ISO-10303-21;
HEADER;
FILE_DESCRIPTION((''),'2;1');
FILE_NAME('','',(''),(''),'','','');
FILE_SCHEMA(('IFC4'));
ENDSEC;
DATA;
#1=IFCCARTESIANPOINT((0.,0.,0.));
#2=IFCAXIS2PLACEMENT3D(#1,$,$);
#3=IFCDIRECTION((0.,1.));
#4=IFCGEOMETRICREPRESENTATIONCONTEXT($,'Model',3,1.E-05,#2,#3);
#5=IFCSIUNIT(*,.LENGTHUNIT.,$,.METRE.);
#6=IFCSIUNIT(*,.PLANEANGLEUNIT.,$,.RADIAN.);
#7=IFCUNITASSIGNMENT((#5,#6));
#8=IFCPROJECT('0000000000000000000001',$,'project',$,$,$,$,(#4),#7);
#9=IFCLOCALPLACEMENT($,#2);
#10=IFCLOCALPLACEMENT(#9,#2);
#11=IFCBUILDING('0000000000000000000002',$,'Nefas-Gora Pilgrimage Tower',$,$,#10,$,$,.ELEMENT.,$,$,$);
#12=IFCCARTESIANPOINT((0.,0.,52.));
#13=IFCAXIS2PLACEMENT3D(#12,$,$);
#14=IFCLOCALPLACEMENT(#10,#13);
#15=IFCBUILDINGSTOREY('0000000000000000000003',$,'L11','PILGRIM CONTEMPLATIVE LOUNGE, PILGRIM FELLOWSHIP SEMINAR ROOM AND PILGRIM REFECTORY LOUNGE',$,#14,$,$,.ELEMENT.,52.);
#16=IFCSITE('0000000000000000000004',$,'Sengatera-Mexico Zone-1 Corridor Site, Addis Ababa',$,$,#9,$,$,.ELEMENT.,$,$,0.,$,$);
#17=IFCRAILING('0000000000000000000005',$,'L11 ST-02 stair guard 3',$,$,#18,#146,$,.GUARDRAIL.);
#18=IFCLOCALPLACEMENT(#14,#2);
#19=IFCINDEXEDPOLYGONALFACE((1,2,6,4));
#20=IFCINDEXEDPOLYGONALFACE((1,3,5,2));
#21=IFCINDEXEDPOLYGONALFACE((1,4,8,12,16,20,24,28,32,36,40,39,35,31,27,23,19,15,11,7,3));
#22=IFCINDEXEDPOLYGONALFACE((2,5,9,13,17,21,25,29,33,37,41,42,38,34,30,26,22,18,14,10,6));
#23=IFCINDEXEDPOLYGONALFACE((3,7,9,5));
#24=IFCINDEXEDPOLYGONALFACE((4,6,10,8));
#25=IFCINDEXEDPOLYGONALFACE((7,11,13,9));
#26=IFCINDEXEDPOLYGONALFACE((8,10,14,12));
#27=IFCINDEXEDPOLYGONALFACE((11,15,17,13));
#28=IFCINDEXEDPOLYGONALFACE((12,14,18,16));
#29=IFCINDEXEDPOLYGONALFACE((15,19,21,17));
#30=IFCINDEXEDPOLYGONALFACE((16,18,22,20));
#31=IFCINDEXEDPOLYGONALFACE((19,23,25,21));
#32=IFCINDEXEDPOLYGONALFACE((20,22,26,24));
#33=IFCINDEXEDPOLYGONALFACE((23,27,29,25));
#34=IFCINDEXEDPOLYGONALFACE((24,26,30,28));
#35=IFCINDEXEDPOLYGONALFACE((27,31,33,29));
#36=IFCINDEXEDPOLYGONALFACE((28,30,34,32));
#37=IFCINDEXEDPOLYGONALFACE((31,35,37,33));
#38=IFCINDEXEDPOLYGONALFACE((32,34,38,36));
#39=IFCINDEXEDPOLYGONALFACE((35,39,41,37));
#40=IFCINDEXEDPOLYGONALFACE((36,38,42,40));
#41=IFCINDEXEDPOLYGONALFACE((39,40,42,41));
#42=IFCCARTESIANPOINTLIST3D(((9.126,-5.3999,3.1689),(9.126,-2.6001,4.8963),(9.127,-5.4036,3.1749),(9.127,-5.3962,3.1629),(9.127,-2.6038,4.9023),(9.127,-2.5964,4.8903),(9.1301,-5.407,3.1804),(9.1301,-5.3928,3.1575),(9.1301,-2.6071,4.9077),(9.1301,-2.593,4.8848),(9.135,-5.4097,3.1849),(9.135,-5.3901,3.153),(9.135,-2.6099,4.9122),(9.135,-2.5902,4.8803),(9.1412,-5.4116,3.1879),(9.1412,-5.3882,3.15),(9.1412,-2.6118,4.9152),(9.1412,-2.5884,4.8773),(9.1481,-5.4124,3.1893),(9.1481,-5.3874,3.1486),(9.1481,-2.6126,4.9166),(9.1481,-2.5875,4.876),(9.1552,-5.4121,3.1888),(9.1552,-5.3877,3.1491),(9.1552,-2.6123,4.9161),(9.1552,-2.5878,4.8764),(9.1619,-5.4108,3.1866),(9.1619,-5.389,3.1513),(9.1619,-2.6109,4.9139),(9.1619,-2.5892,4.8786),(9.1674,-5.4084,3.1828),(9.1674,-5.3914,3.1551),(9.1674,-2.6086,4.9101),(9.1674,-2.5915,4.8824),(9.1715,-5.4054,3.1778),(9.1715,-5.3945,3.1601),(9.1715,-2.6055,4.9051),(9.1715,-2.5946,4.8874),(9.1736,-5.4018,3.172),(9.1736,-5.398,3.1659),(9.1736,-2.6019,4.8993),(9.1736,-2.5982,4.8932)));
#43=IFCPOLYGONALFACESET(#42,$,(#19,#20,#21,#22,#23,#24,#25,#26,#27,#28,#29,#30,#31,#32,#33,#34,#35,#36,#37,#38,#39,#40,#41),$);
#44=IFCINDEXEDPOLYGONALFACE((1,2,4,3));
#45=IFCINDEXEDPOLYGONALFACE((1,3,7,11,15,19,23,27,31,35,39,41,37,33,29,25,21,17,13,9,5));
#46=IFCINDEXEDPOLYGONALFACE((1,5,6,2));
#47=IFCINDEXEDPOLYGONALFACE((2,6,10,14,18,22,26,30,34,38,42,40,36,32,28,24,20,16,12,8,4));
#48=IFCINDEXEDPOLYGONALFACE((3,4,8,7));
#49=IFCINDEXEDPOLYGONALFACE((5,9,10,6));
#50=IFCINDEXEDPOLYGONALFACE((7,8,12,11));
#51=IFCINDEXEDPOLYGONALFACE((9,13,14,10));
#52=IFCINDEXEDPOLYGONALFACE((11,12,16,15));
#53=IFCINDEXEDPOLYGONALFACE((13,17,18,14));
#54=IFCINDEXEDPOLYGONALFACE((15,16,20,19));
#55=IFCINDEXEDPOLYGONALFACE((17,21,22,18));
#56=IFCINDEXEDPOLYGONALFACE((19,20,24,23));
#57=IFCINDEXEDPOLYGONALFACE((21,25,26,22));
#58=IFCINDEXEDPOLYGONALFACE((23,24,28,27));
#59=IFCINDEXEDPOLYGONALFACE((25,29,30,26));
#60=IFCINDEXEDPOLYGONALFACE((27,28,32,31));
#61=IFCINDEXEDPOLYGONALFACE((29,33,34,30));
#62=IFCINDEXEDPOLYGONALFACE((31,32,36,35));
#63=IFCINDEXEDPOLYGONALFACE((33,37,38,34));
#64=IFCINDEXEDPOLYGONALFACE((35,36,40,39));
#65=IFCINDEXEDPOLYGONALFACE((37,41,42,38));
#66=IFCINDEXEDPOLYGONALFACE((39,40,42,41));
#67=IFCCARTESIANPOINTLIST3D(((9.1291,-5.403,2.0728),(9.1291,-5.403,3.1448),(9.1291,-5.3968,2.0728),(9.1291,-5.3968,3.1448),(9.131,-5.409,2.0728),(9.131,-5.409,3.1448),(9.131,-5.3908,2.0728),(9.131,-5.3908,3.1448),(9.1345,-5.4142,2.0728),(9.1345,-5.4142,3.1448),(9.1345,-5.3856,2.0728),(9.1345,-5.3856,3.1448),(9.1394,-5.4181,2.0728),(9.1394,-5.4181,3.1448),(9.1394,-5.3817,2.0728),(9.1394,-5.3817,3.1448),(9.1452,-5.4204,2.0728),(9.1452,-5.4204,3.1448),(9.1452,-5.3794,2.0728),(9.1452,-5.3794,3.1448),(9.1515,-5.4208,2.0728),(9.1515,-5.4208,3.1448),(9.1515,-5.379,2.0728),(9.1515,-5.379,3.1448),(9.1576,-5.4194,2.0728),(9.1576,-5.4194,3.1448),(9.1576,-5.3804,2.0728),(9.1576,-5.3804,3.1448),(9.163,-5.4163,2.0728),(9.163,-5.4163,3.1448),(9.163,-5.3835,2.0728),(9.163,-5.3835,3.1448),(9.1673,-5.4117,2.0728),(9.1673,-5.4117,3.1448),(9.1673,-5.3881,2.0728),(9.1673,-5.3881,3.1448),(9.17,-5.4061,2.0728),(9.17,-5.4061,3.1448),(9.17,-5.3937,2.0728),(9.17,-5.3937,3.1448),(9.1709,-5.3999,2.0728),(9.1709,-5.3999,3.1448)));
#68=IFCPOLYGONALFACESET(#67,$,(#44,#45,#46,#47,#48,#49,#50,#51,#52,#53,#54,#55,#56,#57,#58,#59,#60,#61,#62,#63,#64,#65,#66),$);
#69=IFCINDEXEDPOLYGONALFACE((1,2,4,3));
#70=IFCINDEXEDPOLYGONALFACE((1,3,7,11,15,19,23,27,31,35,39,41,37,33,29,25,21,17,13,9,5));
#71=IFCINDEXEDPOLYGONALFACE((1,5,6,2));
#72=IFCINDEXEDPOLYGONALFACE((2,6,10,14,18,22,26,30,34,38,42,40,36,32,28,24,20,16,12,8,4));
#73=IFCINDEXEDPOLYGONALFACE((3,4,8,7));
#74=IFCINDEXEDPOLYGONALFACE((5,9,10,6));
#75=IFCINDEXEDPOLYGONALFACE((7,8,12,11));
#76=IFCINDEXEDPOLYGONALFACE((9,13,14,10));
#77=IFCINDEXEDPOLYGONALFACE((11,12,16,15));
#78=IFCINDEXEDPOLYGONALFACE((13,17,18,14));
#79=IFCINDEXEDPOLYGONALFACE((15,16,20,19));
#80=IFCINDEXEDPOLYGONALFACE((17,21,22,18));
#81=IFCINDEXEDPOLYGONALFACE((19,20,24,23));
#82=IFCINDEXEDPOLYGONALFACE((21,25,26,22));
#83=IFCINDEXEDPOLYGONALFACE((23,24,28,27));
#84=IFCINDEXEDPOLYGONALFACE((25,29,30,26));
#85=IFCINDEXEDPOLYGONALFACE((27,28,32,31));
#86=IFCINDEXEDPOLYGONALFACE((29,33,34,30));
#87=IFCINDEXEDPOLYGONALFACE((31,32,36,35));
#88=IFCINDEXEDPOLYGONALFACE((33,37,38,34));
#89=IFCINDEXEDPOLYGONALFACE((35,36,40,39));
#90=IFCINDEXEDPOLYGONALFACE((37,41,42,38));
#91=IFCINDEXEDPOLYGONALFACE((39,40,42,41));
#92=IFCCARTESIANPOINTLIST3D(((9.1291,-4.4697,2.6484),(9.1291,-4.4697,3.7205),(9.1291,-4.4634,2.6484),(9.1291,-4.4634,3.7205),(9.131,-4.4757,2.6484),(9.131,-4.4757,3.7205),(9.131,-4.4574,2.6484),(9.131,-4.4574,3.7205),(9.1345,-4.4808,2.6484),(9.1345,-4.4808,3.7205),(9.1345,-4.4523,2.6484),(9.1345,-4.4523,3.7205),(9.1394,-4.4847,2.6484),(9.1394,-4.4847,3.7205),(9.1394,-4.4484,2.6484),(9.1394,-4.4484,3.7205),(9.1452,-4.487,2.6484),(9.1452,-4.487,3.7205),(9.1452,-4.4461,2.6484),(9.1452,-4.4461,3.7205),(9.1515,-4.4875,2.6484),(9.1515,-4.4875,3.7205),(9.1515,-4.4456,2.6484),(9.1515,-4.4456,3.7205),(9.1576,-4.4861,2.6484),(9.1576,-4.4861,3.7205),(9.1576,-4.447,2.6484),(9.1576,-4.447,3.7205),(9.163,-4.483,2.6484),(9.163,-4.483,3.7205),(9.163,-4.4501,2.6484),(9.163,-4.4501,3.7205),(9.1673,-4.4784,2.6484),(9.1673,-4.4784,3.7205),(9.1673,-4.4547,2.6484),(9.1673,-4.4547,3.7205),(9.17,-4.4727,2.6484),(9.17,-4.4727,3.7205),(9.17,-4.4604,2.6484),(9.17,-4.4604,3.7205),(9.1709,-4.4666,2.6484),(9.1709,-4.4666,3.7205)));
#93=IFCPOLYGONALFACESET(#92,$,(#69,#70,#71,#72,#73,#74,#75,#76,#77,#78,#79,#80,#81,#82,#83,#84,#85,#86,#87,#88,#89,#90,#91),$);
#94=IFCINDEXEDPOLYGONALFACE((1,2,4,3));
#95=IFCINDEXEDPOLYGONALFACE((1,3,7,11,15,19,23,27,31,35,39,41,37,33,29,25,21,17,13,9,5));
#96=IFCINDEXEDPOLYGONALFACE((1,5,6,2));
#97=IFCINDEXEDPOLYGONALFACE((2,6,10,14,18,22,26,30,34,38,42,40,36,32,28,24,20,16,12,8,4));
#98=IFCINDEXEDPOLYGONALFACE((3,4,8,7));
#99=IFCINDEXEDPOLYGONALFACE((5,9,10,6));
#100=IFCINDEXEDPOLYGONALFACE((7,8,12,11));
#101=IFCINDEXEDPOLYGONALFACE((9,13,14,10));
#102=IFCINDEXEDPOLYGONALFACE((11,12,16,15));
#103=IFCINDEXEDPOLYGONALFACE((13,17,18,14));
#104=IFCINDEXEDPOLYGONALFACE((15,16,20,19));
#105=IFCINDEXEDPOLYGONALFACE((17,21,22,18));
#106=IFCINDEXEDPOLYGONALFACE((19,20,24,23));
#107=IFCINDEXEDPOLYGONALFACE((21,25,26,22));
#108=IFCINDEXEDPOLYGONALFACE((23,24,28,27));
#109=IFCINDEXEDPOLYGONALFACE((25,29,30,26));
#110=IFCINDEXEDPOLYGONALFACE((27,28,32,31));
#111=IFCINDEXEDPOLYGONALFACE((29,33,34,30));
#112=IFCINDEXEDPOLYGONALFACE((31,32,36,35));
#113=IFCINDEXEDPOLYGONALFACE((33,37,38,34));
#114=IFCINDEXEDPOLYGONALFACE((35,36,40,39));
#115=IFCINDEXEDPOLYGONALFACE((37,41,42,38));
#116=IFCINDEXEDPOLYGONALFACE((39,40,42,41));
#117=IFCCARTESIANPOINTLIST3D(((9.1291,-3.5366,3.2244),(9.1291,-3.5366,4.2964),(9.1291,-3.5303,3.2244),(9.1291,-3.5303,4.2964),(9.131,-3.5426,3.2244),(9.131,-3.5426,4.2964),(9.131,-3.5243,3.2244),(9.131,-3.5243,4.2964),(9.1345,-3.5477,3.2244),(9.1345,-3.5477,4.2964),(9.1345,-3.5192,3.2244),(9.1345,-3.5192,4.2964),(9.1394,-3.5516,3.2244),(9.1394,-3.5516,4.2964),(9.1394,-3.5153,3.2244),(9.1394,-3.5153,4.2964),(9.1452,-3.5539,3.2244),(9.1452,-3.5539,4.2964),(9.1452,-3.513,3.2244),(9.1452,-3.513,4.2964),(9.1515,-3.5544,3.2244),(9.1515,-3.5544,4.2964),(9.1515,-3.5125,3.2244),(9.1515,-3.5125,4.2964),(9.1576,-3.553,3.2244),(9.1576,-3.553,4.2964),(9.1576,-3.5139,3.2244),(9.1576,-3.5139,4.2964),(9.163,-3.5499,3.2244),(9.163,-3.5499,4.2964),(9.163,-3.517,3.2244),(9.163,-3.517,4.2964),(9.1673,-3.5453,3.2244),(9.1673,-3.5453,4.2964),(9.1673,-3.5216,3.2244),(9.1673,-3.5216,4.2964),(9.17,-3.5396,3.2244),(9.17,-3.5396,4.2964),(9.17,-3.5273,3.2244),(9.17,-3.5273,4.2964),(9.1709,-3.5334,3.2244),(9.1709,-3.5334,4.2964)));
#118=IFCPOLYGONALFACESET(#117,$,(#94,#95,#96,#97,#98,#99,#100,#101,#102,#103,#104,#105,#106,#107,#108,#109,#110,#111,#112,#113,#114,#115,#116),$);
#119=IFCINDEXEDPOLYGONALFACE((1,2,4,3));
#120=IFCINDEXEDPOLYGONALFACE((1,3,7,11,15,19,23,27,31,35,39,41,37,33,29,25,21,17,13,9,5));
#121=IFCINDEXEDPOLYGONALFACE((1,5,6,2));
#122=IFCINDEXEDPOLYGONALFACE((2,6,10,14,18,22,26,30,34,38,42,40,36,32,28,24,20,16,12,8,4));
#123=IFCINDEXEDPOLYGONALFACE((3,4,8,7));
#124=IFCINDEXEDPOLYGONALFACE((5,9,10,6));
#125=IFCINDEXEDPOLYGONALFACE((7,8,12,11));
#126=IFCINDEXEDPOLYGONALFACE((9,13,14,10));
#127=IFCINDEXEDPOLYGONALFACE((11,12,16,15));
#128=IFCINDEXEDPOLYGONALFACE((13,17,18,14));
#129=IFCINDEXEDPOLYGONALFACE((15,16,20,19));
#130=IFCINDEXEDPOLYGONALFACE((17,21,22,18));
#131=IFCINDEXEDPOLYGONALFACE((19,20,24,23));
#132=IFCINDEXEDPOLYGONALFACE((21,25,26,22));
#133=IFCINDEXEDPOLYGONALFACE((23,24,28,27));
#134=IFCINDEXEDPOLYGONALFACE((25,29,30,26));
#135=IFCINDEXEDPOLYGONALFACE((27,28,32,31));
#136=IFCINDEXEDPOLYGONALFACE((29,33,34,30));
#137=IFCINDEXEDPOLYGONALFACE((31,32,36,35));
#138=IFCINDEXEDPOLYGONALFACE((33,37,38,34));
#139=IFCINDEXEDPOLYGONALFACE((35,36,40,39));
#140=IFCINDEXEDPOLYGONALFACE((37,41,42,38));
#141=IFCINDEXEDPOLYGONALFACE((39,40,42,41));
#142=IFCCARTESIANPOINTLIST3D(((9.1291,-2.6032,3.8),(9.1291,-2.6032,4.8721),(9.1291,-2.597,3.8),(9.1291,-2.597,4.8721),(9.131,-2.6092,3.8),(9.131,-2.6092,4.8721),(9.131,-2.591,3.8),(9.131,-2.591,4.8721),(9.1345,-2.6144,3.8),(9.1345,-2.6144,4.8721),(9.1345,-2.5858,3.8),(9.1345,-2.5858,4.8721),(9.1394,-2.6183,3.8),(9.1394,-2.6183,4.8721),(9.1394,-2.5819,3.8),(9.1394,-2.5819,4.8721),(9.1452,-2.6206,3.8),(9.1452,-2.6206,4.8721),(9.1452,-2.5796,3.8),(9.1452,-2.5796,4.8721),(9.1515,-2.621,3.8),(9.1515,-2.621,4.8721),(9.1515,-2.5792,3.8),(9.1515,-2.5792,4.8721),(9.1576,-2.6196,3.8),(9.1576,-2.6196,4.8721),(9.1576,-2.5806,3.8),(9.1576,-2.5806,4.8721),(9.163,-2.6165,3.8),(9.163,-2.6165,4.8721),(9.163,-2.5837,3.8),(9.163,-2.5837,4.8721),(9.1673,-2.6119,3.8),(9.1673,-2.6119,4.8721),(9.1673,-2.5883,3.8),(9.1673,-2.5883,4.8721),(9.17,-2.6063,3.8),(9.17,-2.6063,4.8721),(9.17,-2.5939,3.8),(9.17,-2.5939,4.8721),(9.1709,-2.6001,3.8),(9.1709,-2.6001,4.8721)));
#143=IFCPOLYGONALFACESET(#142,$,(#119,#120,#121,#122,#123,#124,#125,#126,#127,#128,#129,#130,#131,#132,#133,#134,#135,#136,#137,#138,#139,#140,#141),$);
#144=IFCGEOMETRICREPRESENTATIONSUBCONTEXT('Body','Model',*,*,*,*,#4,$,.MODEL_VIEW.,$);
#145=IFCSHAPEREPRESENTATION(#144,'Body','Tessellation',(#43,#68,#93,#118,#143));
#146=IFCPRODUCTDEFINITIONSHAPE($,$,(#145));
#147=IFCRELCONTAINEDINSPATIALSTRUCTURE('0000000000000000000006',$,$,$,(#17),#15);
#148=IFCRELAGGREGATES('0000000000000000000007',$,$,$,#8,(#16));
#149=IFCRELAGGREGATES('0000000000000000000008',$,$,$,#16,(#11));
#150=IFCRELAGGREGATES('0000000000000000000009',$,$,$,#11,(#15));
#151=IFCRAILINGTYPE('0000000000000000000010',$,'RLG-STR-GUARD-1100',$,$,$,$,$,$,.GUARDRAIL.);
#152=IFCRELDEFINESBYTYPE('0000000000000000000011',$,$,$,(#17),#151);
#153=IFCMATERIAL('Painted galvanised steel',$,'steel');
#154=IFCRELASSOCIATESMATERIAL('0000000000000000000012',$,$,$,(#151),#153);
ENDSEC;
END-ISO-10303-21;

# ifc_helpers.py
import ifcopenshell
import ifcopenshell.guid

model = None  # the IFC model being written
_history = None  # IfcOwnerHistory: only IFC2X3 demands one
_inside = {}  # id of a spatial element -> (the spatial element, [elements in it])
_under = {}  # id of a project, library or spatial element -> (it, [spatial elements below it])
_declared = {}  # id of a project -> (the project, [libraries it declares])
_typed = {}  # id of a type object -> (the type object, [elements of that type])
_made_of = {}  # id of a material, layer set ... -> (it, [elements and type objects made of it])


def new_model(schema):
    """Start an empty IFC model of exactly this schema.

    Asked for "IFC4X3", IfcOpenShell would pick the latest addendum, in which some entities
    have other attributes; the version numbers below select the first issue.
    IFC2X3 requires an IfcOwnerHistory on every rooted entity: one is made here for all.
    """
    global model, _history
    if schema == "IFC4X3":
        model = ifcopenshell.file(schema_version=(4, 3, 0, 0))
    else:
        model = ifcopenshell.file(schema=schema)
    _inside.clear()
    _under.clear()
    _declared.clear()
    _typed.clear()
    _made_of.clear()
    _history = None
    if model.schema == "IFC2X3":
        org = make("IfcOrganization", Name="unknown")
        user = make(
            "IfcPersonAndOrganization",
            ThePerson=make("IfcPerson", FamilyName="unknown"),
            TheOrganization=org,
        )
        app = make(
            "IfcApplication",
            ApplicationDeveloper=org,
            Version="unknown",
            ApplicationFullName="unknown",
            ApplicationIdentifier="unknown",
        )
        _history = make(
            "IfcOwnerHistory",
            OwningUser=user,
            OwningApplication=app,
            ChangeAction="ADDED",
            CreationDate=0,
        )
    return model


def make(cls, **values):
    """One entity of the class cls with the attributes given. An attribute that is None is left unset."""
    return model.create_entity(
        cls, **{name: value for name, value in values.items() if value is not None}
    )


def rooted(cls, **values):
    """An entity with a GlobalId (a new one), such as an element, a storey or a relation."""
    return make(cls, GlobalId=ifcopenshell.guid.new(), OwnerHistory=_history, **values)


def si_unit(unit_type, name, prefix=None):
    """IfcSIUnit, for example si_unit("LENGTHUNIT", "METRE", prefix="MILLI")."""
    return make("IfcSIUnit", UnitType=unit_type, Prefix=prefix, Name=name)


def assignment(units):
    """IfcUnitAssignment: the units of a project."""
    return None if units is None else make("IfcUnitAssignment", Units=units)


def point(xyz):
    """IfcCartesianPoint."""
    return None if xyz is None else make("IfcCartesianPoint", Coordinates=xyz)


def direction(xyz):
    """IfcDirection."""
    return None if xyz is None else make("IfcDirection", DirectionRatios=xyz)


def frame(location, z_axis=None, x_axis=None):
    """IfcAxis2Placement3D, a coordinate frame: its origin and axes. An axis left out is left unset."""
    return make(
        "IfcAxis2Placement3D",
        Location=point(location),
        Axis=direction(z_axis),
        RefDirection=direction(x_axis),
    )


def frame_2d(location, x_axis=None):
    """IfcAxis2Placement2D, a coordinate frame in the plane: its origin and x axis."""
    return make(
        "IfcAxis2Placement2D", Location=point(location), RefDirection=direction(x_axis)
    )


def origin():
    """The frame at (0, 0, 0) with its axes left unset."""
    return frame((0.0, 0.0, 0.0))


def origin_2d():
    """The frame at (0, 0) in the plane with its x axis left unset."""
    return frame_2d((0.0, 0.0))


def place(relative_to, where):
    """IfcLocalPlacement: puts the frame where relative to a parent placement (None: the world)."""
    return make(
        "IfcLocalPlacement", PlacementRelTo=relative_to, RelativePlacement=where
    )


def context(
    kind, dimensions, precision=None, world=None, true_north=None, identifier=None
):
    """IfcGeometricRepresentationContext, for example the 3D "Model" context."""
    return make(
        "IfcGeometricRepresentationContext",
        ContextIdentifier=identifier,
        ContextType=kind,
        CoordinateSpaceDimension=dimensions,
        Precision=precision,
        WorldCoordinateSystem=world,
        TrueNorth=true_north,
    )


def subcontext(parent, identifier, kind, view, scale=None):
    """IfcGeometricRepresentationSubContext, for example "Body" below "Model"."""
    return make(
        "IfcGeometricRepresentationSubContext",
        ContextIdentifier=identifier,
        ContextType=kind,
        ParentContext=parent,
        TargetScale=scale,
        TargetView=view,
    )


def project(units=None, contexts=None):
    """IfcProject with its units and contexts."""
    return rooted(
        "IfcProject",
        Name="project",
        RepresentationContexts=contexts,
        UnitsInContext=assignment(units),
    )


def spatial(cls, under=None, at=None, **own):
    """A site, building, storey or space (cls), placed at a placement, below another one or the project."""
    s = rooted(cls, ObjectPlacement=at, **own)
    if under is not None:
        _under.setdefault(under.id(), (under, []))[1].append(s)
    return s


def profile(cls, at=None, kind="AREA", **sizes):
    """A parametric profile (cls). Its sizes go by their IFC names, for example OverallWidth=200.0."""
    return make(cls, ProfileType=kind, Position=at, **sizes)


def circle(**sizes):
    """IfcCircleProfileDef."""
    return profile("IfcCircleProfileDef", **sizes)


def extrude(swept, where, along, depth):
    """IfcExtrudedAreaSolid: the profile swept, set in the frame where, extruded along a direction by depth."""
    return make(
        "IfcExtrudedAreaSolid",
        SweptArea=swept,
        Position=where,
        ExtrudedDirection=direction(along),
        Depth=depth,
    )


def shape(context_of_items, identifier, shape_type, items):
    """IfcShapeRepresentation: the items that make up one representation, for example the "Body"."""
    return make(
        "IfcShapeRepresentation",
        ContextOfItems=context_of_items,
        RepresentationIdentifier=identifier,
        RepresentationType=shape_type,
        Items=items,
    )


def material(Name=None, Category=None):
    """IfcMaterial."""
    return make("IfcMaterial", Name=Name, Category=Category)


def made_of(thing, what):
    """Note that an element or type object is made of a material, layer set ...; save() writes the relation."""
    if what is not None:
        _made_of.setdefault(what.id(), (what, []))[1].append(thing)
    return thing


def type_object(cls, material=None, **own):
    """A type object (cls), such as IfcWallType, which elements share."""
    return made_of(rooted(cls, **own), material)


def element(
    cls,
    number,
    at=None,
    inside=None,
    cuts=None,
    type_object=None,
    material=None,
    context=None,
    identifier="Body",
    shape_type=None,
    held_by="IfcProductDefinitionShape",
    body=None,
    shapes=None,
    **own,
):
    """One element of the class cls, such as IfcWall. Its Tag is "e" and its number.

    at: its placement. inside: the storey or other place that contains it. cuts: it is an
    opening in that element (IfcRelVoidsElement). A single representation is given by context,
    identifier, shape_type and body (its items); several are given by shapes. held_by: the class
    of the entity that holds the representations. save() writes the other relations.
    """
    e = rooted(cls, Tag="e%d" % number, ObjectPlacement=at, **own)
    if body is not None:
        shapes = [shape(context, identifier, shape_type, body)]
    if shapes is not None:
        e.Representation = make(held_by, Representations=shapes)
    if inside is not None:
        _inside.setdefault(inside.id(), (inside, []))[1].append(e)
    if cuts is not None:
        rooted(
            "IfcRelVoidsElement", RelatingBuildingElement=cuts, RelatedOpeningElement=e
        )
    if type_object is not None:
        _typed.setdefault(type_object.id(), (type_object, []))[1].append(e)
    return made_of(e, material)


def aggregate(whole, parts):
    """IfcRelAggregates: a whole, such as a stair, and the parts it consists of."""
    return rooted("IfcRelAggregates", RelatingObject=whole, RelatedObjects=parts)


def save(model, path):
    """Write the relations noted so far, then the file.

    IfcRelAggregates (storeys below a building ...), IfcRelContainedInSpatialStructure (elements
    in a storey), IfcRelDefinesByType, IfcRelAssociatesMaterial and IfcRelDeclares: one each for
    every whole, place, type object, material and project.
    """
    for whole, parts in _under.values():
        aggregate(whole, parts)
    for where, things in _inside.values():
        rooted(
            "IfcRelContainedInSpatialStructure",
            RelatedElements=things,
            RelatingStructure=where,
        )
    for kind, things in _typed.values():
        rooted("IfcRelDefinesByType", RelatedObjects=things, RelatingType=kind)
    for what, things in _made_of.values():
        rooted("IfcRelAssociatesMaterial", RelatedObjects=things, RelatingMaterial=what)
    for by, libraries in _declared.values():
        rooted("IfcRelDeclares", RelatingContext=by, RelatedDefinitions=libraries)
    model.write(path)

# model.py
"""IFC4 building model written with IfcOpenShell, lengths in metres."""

from ifc_helpers import new_model, si_unit, direction, frame, origin, origin_2d, place, context, subcontext, project, spatial, circle, extrude, material, type_object, element, save


model = new_model("IFC4")

# Units and contexts
model_context = context("Model", 3, precision=1e-05, world=origin(), true_north=direction((0.0, 1.0)))
body_context = subcontext(model_context, "Body", "Model", "MODEL_VIEW")
ifc_project = project(units=[si_unit("LENGTHUNIT", "METRE"), si_unit("PLANEANGLEUNIT", "RADIAN")], contexts=[model_context])

# Site, building, storey
site_placement = place(None, origin())
site = spatial("IfcSite", under=ifc_project, at=site_placement, Name="Sengatera-Mexico Zone-1 Corridor Site, Addis Ababa", CompositionType="ELEMENT", RefElevation=0.0)
building_placement = place(site_placement, origin())
building = spatial("IfcBuilding", under=site, at=building_placement, Name="Nefas-Gora Pilgrimage Tower", CompositionType="ELEMENT")
storey_placement = place(building_placement, frame((0.0, 0.0, 52.0)))
storey = spatial("IfcBuildingStorey", under=building, at=storey_placement, Name="L11", Description="PILGRIM CONTEMPLATIVE LOUNGE, PILGRIM FELLOWSHIP SEMINAR ROOM AND PILGRIM REFECTORY LOUNGE", CompositionType="ELEMENT", Elevation=52.0)

# Railing
ifc_material_1 = material(Name="Painted galvanised steel", Category="steel")
railing_type_1 = type_object("IfcRailingType", Name="RLG-STR-GUARD-1100", PredefinedType="GUARDRAIL", material=ifc_material_1)
railing_1_placement = place(storey_placement, frame((9.1499, -5.3999, 2.0728)))
element("IfcRailing", 1, at=railing_1_placement, inside=storey, type_object=railing_type_1, Name="L11 ST-02 stair guard 3", PredefinedType="GUARDRAIL", context=body_context, shape_type="SweptSolid", body=[
    extrude(circle(Radius=0.0239, at=origin_2d()), frame((0.0, 0.0, 1.0962), z_axis=(0.0, 0.851069, 0.525054), x_axis=(-1.0, 0.0, 0.0)), (0.0, 0.0, 1.0), 3.2898),
    extrude(circle(Radius=0.021, at=origin_2d()), origin(), (0.0, 0.0, 1.0), 1.072),
    extrude(circle(Radius=0.021, at=origin_2d()), frame((0.0, 0.9333, 0.5757)), (0.0, 0.0, 1.0), 1.072),
    extrude(circle(Radius=0.021, at=origin_2d()), frame((0.0, 1.8665, 1.1516)), (0.0, 0.0, 1.0), 1.072),
    extrude(circle(Radius=0.021, at=origin_2d()), frame((0.0, 2.7998, 1.7273)), (0.0, 0.0, 1.0), 1.072),
])

save(model, "model.ifc")
